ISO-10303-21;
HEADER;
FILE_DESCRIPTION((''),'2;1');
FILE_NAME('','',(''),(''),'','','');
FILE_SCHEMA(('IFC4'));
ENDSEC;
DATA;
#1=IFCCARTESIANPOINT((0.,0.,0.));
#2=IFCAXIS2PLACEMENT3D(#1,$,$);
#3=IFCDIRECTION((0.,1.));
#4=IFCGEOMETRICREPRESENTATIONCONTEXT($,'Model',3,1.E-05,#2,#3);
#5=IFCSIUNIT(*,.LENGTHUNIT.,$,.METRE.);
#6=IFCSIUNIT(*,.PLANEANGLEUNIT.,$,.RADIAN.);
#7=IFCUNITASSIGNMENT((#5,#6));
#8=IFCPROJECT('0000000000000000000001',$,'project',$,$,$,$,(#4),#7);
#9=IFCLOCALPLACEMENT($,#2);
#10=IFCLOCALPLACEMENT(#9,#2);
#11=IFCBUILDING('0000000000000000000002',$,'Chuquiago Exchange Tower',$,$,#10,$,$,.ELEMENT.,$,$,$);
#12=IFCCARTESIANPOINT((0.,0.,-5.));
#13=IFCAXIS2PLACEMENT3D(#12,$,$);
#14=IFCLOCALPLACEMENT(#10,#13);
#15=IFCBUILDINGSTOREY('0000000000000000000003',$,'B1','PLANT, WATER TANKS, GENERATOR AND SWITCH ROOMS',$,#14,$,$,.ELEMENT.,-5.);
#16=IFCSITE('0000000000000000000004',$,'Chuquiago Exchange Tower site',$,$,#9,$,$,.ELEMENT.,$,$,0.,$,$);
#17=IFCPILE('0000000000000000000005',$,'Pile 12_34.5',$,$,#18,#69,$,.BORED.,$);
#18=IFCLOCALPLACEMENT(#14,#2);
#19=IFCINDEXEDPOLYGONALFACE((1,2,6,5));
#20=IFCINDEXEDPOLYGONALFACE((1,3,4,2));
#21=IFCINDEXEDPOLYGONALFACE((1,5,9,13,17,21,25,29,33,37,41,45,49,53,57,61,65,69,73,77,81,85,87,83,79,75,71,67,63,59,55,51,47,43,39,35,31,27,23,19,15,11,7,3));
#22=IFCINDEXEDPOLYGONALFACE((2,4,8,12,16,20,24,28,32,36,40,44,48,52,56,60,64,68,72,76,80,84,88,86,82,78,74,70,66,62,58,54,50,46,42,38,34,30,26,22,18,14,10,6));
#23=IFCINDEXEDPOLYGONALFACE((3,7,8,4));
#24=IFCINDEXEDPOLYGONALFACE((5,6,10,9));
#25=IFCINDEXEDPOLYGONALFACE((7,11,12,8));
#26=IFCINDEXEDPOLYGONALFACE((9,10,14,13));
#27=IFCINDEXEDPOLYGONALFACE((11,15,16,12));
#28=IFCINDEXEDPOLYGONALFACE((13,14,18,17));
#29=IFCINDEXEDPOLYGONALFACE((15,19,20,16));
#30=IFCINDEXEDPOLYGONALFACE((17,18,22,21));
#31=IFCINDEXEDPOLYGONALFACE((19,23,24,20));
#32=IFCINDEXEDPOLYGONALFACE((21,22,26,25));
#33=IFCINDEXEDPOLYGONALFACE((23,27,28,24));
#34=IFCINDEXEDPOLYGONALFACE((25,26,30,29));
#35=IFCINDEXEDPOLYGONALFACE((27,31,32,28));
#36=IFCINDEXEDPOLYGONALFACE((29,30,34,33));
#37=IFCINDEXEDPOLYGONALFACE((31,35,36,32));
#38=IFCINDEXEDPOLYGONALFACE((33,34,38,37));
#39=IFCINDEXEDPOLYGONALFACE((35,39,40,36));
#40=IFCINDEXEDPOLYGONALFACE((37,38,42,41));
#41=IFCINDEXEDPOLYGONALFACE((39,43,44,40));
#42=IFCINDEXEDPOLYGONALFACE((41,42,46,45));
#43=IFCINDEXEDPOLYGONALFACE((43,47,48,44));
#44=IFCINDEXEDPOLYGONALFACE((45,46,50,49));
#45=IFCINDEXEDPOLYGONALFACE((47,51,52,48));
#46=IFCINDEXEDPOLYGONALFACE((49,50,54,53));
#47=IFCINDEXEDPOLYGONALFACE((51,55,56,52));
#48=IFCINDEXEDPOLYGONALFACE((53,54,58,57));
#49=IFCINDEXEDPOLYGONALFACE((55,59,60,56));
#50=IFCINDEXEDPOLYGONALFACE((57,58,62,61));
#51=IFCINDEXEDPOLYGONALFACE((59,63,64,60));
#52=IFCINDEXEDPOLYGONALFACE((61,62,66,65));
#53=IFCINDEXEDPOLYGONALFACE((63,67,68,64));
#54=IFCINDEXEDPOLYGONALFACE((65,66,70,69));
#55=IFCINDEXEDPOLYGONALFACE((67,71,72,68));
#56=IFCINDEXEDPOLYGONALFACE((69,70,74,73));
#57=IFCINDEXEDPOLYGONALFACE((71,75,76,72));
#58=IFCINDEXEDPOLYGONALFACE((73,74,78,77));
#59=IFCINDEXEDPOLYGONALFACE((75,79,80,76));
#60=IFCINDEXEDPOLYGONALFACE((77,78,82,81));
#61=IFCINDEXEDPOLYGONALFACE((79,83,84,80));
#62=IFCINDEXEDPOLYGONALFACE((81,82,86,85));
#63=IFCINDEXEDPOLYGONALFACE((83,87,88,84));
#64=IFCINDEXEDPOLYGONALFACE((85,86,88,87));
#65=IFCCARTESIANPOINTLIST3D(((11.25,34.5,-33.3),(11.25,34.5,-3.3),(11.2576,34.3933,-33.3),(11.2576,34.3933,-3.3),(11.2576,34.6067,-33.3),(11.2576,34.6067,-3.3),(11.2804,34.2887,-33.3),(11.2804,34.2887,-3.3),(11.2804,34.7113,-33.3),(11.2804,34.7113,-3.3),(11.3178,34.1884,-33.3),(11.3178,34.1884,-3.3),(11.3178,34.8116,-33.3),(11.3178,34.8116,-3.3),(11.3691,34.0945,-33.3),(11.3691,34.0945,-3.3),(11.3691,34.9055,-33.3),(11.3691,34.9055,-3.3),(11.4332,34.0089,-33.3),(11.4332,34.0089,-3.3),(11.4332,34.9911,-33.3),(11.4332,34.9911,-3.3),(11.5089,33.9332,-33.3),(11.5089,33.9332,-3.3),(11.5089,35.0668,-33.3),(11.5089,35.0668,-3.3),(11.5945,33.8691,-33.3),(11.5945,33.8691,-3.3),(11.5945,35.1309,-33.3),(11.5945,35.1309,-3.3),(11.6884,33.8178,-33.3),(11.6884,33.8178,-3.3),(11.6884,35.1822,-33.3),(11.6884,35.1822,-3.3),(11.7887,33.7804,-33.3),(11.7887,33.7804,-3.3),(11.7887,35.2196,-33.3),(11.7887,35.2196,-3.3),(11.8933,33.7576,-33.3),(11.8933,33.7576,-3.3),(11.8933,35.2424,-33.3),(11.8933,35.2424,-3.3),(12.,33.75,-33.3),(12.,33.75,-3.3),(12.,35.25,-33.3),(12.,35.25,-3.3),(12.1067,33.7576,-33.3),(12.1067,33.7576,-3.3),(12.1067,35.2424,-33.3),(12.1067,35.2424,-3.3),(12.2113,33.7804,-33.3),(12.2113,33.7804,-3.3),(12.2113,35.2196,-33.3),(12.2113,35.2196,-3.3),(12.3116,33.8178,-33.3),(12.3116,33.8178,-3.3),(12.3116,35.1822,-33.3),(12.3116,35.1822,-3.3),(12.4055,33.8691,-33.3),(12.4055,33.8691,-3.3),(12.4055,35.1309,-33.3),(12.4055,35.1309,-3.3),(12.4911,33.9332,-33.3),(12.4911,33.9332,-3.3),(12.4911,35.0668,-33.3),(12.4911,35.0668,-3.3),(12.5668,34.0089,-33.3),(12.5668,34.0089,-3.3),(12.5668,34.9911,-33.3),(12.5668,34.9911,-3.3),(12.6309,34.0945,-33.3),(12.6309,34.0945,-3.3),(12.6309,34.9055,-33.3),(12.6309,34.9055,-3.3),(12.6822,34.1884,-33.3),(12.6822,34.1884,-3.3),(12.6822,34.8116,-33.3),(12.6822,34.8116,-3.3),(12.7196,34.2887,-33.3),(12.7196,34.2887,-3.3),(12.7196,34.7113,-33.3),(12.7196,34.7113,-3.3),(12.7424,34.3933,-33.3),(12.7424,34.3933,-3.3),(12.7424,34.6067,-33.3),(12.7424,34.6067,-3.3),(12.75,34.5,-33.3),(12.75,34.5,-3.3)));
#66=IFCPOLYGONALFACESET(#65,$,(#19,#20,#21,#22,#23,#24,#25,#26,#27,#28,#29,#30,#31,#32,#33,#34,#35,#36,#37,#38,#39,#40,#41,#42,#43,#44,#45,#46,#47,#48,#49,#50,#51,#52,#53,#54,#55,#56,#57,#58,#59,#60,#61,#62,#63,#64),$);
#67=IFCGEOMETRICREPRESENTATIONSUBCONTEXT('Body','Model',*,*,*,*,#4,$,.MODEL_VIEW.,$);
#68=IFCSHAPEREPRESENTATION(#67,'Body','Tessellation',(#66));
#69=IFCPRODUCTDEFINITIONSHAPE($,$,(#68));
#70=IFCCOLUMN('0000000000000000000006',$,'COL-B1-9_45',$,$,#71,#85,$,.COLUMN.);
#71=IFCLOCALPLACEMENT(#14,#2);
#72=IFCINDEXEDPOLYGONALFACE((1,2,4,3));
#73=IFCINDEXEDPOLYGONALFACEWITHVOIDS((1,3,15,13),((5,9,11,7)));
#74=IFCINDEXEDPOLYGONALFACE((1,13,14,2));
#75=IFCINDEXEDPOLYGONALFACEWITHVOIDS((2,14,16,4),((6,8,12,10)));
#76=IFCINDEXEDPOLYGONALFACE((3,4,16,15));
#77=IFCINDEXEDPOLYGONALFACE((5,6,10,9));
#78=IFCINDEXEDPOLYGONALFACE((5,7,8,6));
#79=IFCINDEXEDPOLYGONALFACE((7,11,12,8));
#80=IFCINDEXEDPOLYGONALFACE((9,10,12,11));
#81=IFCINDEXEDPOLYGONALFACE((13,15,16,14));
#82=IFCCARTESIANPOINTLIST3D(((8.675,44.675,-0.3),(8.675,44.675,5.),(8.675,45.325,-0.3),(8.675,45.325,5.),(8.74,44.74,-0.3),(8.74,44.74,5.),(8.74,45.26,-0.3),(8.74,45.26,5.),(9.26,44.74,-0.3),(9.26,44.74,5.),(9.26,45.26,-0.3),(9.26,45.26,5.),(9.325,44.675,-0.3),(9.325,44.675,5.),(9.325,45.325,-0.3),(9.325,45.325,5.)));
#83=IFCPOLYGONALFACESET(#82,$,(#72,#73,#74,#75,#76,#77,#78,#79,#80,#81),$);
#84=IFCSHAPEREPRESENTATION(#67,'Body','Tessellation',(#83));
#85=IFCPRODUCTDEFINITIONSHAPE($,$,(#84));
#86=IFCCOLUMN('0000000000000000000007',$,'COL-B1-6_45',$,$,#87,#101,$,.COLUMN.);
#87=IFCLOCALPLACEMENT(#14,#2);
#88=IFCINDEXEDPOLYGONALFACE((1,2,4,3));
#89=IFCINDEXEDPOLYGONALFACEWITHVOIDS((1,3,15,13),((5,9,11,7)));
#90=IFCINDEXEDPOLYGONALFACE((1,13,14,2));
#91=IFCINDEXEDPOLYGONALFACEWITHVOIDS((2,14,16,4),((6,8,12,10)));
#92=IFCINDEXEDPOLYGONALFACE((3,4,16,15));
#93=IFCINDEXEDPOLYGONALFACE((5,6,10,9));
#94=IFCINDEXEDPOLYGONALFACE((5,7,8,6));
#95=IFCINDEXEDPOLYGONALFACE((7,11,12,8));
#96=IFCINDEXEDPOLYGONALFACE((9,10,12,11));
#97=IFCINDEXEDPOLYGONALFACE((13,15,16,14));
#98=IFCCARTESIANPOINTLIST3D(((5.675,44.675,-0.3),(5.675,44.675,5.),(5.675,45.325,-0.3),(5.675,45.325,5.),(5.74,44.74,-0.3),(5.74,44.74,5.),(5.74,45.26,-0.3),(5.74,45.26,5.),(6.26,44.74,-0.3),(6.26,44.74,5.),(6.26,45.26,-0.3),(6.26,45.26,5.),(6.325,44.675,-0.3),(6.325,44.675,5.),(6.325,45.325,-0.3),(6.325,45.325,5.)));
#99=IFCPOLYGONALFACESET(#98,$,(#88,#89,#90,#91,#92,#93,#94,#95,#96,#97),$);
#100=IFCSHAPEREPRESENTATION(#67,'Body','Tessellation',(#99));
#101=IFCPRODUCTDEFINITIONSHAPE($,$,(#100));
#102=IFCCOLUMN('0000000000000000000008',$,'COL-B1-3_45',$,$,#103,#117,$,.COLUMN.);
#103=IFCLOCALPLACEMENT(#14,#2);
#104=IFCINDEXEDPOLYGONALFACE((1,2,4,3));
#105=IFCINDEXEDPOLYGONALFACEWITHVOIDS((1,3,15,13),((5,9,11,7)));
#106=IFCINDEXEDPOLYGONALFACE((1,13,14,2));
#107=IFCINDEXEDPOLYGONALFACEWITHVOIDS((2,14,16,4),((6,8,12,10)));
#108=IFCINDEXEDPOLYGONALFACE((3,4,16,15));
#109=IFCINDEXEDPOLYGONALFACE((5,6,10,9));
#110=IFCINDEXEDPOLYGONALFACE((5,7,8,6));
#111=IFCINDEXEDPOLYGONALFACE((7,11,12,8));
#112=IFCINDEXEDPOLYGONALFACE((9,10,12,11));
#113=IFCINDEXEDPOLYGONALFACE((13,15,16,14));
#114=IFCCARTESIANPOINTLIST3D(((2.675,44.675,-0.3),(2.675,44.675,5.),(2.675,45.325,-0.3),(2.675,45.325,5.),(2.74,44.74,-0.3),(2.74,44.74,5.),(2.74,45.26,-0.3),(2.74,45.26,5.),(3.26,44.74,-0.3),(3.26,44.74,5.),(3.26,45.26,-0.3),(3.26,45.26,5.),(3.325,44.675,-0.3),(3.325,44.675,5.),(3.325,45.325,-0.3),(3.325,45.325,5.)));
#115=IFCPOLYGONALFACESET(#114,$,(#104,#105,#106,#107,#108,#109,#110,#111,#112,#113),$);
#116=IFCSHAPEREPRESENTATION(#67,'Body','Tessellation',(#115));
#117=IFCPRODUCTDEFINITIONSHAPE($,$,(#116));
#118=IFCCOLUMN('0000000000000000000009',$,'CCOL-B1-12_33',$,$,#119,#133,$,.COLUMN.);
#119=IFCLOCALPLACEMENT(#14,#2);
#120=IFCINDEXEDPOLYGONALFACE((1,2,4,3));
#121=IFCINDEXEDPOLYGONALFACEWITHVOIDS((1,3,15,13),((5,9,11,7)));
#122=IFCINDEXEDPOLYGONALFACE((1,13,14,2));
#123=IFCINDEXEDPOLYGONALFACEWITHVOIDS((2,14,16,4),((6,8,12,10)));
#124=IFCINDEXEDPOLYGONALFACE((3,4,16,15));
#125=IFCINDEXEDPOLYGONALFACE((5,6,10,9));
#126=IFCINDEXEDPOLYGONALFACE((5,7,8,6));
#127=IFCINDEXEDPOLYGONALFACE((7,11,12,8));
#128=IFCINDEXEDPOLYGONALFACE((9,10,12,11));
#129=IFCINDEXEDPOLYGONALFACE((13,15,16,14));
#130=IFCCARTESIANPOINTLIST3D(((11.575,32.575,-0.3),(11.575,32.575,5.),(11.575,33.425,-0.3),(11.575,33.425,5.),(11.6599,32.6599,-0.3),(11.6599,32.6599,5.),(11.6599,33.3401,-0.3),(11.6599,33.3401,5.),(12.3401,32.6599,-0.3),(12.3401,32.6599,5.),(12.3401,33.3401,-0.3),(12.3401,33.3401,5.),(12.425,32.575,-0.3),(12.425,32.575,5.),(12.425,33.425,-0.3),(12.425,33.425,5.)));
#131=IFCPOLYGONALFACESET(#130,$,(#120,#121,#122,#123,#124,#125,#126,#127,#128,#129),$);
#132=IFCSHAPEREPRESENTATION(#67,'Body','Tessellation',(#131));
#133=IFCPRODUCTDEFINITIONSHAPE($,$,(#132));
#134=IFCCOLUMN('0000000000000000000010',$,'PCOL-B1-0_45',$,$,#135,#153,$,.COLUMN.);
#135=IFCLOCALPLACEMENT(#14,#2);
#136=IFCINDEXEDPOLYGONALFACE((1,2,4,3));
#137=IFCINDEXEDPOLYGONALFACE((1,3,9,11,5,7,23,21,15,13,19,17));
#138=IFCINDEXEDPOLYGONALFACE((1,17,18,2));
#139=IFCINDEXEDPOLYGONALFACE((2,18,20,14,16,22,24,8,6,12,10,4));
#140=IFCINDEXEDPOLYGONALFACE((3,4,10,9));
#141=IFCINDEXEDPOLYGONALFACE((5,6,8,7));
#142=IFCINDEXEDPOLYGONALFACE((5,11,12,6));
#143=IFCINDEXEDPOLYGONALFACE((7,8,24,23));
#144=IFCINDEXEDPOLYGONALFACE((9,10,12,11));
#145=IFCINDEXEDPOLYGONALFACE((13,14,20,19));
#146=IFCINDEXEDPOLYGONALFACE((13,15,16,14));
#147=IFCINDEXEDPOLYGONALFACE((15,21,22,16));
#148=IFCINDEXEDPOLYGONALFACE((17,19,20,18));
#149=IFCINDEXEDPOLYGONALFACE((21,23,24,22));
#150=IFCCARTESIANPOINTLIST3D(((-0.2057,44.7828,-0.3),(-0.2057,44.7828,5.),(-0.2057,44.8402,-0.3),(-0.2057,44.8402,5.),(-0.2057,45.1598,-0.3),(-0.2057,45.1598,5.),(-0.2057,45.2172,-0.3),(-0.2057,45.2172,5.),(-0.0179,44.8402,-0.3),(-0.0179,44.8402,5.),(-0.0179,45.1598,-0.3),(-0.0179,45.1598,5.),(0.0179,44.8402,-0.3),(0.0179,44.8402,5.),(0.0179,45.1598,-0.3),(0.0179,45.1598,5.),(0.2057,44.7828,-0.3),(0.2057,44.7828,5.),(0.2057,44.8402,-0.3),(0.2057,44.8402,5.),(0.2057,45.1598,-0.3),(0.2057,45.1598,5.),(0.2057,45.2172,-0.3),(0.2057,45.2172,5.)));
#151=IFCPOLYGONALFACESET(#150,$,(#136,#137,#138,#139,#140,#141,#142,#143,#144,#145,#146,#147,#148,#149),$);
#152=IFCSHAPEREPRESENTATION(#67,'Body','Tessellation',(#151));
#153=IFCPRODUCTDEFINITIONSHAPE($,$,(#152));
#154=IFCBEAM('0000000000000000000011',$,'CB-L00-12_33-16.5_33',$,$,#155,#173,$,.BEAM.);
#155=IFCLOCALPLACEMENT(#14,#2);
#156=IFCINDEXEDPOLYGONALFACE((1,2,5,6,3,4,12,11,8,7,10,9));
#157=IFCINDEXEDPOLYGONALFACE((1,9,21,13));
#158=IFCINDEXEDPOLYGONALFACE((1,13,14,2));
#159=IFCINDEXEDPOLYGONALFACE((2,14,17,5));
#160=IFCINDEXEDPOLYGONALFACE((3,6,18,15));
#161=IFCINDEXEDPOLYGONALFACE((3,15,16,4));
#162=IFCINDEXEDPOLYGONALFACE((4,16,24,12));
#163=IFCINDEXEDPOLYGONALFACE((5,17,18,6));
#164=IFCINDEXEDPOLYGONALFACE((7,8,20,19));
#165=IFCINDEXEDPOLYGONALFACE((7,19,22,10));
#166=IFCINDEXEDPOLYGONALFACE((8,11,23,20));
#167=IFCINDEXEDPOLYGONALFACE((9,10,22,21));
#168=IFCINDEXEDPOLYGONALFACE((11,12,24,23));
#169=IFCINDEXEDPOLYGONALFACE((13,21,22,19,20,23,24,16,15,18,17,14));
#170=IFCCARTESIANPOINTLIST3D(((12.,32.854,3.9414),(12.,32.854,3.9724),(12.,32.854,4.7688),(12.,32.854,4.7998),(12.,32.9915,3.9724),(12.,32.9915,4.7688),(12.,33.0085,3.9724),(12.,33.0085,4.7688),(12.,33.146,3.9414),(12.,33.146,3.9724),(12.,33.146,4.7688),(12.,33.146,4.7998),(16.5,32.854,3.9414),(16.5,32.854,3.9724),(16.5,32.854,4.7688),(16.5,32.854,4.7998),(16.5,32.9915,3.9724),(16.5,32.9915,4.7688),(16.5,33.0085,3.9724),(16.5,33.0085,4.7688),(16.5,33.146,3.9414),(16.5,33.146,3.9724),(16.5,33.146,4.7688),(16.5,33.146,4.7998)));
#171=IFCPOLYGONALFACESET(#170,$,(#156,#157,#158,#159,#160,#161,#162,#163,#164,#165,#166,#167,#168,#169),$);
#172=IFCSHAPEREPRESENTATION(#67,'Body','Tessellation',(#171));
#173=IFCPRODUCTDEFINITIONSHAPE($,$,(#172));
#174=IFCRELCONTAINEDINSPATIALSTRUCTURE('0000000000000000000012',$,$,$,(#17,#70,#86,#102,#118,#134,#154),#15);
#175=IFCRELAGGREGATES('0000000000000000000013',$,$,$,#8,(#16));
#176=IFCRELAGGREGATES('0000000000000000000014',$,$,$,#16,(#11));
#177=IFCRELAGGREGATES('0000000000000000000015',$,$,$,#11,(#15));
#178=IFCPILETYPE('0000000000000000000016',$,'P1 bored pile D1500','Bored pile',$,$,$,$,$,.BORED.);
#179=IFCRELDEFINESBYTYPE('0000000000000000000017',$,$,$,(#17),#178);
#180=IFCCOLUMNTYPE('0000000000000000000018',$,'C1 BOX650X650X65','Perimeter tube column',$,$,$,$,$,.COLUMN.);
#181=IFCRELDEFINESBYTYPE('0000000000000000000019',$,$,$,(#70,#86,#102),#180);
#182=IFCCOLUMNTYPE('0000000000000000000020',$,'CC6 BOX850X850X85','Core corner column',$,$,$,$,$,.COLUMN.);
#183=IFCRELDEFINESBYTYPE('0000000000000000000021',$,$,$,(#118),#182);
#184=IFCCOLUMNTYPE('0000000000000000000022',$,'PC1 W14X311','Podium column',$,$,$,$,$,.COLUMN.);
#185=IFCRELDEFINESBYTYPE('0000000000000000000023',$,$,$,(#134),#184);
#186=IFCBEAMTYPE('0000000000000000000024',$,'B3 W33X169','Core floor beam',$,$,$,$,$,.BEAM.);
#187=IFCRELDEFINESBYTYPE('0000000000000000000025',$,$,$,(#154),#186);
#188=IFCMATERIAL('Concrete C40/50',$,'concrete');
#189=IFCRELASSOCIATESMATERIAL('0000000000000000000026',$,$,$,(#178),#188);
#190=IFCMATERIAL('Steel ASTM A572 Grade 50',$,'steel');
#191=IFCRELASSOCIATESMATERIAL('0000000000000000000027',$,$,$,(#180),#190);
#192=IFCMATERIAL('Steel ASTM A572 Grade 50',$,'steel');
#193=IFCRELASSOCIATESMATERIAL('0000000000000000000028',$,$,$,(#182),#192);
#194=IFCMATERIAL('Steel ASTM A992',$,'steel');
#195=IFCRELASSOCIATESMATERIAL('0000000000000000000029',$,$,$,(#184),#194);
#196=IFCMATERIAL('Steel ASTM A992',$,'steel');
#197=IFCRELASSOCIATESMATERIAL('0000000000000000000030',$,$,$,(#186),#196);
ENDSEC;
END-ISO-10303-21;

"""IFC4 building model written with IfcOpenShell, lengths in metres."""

from ifc_helpers import new_model, si_unit, direction, frame, origin, origin_2d, place, context, subcontext, project, spatial, hollow_rectangle, circle, i_section, extrude, material, material_profile, profile_set, type_object, element, save


model = new_model("IFC4")

# Units and contexts
model_context = context("Model", 3, precision=1e-05, world=origin(), true_north=direction((0.0, 1.0)))
body_context = subcontext(model_context, "Body", "Model", "MODEL_VIEW")
ifc_project = project(units=[si_unit("LENGTHUNIT", "METRE"), si_unit("PLANEANGLEUNIT", "RADIAN")], contexts=[model_context])

# Site, building, storey
site_placement = place(None, origin())
site = spatial("IfcSite", under=ifc_project, at=site_placement, Name="Chuquiago Exchange Tower site", CompositionType="ELEMENT", RefElevation=0.0)
building_placement = place(site_placement, origin())
building = spatial("IfcBuilding", under=site, at=building_placement, Name="Chuquiago Exchange Tower", CompositionType="ELEMENT")
storey_placement = place(building_placement, frame((0.0, 0.0, -5.0)))
storey = spatial("IfcBuildingStorey", under=building, at=storey_placement, Name="B1", Description="PLANT, WATER TANKS, GENERATOR AND SWITCH ROOMS", CompositionType="ELEMENT", Elevation=-5.0)

# Pile
ifc_material_1 = material(Name="Concrete C40/50", Category="concrete")
ifc_material_profile_1 = material_profile(ifc_material_1, circle(Radius=0.75, at=origin_2d()), Name="D1500")
ifc_profile_set_1 = profile_set([ifc_material_profile_1], Name="Concrete C40/50")
pile_type = type_object("IfcPileType", Name="P1 bored pile D1500", Description="Bored pile", PredefinedType="BORED", material=ifc_profile_set_1)
for number, where, z_axis, x_axis, name in (
    (1, (12.0, 34.5, -3.3), (0.0, 0.0, -1.0), (1.0, 0.0, 0.0), "Pile 12_34.5"),
):
    element("IfcPile", number, at=place(storey_placement, frame(where, z_axis=z_axis, x_axis=x_axis)), inside=storey, type_object=pile_type, Name=name, PredefinedType="BORED", context=body_context, shape_type="SweptSolid", body=[
        extrude(circle(Radius=0.75, at=origin_2d()), origin(), (0.0, 0.0, 1.0), 30.0),
    ])

# Columns
ifc_material_2 = material(Name="Steel ASTM A572 Grade 50", Category="steel")
ifc_material_profile_2 = material_profile(ifc_material_2, hollow_rectangle(XDim=0.6499, YDim=0.6499, WallThickness=0.0649, at=origin_2d()), Name="BOX650X650X65")
ifc_profile_set_2 = profile_set([ifc_material_profile_2], Name="Steel ASTM A572 Grade 50")
column_type_1 = type_object("IfcColumnType", Name="C1 BOX650X650X65", Description="Perimeter tube column", PredefinedType="COLUMN", material=ifc_profile_set_2)
for number, where, z_axis, x_axis, name in (
    (2, (9.0, 45.0, -0.3), (0.0, 0.0, 1.0), (0.0, 1.0, 0.0), "COL-B1-9_45"),
    (3, (6.0, 45.0, -0.3), (0.0, 0.0, 1.0), (0.0, 1.0, 0.0), "COL-B1-6_45"),
    (4, (3.0, 45.0, -0.3), (0.0, 0.0, 1.0), (0.0, 1.0, 0.0), "COL-B1-3_45"),
):
    element("IfcColumn", number, at=place(storey_placement, frame(where, z_axis=z_axis, x_axis=x_axis)), inside=storey, type_object=column_type_1, Name=name, PredefinedType="COLUMN", context=body_context, shape_type="SweptSolid", body=[
        extrude(hollow_rectangle(XDim=0.6499, YDim=0.6499, WallThickness=0.0649, at=origin_2d()), origin(), (0.0, 0.0, 1.0), 5.3),
    ])
ifc_material_3 = material(Name="Steel ASTM A572 Grade 50", Category="steel")
ifc_material_profile_3 = material_profile(ifc_material_3, hollow_rectangle(XDim=0.8501, YDim=0.8501, WallThickness=0.085, at=origin_2d()), Name="BOX850X850X85")
ifc_profile_set_3 = profile_set([ifc_material_profile_3], Name="Steel ASTM A572 Grade 50")
column_type_2 = type_object("IfcColumnType", Name="CC6 BOX850X850X85", Description="Core corner column", PredefinedType="COLUMN", material=ifc_profile_set_3)
column_1_placement = place(storey_placement, frame((12.0, 33.0, -0.3), z_axis=(0.0, 0.0, 1.0), x_axis=(1.0, 0.0, 0.0)))
element("IfcColumn", 5, at=column_1_placement, inside=storey, type_object=column_type_2, Name="CCOL-B1-12_33", PredefinedType="COLUMN", context=body_context, shape_type="SweptSolid", body=[
    extrude(hollow_rectangle(XDim=0.8501, YDim=0.8501, WallThickness=0.085, at=origin_2d()), origin(), (0.0, 0.0, 1.0), 5.3),
])
ifc_material_4 = material(Name="Steel ASTM A992", Category="steel")
ifc_material_profile_4 = material_profile(ifc_material_4, i_section(OverallWidth=0.4114, OverallDepth=0.4343, WebThickness=0.0359, FlangeThickness=0.0574, at=origin_2d()), Name="W14X311")
ifc_profile_set_4 = profile_set([ifc_material_profile_4], Name="Steel ASTM A992")
column_type_3 = type_object("IfcColumnType", Name="PC1 W14X311", Description="Podium column", PredefinedType="COLUMN", material=ifc_profile_set_4)
column_2_placement = place(storey_placement, frame((0.0, 45.0, -0.3), z_axis=(0.0, 0.0, 1.0), x_axis=(1.0, 0.0, 0.0)))
element("IfcColumn", 6, at=column_2_placement, inside=storey, type_object=column_type_3, Name="PCOL-B1-0_45", PredefinedType="COLUMN", context=body_context, shape_type="SweptSolid", body=[
    extrude(i_section(OverallWidth=0.4114, OverallDepth=0.4343, WebThickness=0.0359, FlangeThickness=0.0574, at=origin_2d()), origin(), (0.0, 0.0, 1.0), 5.3),
])

# Beam
ifc_material_5 = material(Name="Steel ASTM A992", Category="steel")
ifc_material_profile_5 = material_profile(ifc_material_5, i_section(OverallWidth=0.292, OverallDepth=0.8584, WebThickness=0.0171, FlangeThickness=0.031, at=origin_2d()), Name="W33X169")
ifc_profile_set_5 = profile_set([ifc_material_profile_5], Name="Steel ASTM A992")
beam_type_1 = type_object("IfcBeamType", Name="B3 W33X169", Description="Core floor beam", PredefinedType="BEAM", material=ifc_profile_set_5)
beam_1_placement = place(storey_placement, frame((12.0, 33.0, 4.3706), z_axis=(1.0, 0.0, 0.0), x_axis=(0.0, 1.0, 0.0)))
element("IfcBeam", 7, at=beam_1_placement, inside=storey, type_object=beam_type_1, Name="CB-L00-12_33-16.5_33", PredefinedType="BEAM", context=body_context, shape_type="SweptSolid", body=[
    extrude(i_section(OverallWidth=0.292, OverallDepth=0.8584, WebThickness=0.0171, FlangeThickness=0.031, at=origin_2d()), origin(), (0.0, 0.0, 1.0), 4.5),
])

save(model, "model.ifc")
